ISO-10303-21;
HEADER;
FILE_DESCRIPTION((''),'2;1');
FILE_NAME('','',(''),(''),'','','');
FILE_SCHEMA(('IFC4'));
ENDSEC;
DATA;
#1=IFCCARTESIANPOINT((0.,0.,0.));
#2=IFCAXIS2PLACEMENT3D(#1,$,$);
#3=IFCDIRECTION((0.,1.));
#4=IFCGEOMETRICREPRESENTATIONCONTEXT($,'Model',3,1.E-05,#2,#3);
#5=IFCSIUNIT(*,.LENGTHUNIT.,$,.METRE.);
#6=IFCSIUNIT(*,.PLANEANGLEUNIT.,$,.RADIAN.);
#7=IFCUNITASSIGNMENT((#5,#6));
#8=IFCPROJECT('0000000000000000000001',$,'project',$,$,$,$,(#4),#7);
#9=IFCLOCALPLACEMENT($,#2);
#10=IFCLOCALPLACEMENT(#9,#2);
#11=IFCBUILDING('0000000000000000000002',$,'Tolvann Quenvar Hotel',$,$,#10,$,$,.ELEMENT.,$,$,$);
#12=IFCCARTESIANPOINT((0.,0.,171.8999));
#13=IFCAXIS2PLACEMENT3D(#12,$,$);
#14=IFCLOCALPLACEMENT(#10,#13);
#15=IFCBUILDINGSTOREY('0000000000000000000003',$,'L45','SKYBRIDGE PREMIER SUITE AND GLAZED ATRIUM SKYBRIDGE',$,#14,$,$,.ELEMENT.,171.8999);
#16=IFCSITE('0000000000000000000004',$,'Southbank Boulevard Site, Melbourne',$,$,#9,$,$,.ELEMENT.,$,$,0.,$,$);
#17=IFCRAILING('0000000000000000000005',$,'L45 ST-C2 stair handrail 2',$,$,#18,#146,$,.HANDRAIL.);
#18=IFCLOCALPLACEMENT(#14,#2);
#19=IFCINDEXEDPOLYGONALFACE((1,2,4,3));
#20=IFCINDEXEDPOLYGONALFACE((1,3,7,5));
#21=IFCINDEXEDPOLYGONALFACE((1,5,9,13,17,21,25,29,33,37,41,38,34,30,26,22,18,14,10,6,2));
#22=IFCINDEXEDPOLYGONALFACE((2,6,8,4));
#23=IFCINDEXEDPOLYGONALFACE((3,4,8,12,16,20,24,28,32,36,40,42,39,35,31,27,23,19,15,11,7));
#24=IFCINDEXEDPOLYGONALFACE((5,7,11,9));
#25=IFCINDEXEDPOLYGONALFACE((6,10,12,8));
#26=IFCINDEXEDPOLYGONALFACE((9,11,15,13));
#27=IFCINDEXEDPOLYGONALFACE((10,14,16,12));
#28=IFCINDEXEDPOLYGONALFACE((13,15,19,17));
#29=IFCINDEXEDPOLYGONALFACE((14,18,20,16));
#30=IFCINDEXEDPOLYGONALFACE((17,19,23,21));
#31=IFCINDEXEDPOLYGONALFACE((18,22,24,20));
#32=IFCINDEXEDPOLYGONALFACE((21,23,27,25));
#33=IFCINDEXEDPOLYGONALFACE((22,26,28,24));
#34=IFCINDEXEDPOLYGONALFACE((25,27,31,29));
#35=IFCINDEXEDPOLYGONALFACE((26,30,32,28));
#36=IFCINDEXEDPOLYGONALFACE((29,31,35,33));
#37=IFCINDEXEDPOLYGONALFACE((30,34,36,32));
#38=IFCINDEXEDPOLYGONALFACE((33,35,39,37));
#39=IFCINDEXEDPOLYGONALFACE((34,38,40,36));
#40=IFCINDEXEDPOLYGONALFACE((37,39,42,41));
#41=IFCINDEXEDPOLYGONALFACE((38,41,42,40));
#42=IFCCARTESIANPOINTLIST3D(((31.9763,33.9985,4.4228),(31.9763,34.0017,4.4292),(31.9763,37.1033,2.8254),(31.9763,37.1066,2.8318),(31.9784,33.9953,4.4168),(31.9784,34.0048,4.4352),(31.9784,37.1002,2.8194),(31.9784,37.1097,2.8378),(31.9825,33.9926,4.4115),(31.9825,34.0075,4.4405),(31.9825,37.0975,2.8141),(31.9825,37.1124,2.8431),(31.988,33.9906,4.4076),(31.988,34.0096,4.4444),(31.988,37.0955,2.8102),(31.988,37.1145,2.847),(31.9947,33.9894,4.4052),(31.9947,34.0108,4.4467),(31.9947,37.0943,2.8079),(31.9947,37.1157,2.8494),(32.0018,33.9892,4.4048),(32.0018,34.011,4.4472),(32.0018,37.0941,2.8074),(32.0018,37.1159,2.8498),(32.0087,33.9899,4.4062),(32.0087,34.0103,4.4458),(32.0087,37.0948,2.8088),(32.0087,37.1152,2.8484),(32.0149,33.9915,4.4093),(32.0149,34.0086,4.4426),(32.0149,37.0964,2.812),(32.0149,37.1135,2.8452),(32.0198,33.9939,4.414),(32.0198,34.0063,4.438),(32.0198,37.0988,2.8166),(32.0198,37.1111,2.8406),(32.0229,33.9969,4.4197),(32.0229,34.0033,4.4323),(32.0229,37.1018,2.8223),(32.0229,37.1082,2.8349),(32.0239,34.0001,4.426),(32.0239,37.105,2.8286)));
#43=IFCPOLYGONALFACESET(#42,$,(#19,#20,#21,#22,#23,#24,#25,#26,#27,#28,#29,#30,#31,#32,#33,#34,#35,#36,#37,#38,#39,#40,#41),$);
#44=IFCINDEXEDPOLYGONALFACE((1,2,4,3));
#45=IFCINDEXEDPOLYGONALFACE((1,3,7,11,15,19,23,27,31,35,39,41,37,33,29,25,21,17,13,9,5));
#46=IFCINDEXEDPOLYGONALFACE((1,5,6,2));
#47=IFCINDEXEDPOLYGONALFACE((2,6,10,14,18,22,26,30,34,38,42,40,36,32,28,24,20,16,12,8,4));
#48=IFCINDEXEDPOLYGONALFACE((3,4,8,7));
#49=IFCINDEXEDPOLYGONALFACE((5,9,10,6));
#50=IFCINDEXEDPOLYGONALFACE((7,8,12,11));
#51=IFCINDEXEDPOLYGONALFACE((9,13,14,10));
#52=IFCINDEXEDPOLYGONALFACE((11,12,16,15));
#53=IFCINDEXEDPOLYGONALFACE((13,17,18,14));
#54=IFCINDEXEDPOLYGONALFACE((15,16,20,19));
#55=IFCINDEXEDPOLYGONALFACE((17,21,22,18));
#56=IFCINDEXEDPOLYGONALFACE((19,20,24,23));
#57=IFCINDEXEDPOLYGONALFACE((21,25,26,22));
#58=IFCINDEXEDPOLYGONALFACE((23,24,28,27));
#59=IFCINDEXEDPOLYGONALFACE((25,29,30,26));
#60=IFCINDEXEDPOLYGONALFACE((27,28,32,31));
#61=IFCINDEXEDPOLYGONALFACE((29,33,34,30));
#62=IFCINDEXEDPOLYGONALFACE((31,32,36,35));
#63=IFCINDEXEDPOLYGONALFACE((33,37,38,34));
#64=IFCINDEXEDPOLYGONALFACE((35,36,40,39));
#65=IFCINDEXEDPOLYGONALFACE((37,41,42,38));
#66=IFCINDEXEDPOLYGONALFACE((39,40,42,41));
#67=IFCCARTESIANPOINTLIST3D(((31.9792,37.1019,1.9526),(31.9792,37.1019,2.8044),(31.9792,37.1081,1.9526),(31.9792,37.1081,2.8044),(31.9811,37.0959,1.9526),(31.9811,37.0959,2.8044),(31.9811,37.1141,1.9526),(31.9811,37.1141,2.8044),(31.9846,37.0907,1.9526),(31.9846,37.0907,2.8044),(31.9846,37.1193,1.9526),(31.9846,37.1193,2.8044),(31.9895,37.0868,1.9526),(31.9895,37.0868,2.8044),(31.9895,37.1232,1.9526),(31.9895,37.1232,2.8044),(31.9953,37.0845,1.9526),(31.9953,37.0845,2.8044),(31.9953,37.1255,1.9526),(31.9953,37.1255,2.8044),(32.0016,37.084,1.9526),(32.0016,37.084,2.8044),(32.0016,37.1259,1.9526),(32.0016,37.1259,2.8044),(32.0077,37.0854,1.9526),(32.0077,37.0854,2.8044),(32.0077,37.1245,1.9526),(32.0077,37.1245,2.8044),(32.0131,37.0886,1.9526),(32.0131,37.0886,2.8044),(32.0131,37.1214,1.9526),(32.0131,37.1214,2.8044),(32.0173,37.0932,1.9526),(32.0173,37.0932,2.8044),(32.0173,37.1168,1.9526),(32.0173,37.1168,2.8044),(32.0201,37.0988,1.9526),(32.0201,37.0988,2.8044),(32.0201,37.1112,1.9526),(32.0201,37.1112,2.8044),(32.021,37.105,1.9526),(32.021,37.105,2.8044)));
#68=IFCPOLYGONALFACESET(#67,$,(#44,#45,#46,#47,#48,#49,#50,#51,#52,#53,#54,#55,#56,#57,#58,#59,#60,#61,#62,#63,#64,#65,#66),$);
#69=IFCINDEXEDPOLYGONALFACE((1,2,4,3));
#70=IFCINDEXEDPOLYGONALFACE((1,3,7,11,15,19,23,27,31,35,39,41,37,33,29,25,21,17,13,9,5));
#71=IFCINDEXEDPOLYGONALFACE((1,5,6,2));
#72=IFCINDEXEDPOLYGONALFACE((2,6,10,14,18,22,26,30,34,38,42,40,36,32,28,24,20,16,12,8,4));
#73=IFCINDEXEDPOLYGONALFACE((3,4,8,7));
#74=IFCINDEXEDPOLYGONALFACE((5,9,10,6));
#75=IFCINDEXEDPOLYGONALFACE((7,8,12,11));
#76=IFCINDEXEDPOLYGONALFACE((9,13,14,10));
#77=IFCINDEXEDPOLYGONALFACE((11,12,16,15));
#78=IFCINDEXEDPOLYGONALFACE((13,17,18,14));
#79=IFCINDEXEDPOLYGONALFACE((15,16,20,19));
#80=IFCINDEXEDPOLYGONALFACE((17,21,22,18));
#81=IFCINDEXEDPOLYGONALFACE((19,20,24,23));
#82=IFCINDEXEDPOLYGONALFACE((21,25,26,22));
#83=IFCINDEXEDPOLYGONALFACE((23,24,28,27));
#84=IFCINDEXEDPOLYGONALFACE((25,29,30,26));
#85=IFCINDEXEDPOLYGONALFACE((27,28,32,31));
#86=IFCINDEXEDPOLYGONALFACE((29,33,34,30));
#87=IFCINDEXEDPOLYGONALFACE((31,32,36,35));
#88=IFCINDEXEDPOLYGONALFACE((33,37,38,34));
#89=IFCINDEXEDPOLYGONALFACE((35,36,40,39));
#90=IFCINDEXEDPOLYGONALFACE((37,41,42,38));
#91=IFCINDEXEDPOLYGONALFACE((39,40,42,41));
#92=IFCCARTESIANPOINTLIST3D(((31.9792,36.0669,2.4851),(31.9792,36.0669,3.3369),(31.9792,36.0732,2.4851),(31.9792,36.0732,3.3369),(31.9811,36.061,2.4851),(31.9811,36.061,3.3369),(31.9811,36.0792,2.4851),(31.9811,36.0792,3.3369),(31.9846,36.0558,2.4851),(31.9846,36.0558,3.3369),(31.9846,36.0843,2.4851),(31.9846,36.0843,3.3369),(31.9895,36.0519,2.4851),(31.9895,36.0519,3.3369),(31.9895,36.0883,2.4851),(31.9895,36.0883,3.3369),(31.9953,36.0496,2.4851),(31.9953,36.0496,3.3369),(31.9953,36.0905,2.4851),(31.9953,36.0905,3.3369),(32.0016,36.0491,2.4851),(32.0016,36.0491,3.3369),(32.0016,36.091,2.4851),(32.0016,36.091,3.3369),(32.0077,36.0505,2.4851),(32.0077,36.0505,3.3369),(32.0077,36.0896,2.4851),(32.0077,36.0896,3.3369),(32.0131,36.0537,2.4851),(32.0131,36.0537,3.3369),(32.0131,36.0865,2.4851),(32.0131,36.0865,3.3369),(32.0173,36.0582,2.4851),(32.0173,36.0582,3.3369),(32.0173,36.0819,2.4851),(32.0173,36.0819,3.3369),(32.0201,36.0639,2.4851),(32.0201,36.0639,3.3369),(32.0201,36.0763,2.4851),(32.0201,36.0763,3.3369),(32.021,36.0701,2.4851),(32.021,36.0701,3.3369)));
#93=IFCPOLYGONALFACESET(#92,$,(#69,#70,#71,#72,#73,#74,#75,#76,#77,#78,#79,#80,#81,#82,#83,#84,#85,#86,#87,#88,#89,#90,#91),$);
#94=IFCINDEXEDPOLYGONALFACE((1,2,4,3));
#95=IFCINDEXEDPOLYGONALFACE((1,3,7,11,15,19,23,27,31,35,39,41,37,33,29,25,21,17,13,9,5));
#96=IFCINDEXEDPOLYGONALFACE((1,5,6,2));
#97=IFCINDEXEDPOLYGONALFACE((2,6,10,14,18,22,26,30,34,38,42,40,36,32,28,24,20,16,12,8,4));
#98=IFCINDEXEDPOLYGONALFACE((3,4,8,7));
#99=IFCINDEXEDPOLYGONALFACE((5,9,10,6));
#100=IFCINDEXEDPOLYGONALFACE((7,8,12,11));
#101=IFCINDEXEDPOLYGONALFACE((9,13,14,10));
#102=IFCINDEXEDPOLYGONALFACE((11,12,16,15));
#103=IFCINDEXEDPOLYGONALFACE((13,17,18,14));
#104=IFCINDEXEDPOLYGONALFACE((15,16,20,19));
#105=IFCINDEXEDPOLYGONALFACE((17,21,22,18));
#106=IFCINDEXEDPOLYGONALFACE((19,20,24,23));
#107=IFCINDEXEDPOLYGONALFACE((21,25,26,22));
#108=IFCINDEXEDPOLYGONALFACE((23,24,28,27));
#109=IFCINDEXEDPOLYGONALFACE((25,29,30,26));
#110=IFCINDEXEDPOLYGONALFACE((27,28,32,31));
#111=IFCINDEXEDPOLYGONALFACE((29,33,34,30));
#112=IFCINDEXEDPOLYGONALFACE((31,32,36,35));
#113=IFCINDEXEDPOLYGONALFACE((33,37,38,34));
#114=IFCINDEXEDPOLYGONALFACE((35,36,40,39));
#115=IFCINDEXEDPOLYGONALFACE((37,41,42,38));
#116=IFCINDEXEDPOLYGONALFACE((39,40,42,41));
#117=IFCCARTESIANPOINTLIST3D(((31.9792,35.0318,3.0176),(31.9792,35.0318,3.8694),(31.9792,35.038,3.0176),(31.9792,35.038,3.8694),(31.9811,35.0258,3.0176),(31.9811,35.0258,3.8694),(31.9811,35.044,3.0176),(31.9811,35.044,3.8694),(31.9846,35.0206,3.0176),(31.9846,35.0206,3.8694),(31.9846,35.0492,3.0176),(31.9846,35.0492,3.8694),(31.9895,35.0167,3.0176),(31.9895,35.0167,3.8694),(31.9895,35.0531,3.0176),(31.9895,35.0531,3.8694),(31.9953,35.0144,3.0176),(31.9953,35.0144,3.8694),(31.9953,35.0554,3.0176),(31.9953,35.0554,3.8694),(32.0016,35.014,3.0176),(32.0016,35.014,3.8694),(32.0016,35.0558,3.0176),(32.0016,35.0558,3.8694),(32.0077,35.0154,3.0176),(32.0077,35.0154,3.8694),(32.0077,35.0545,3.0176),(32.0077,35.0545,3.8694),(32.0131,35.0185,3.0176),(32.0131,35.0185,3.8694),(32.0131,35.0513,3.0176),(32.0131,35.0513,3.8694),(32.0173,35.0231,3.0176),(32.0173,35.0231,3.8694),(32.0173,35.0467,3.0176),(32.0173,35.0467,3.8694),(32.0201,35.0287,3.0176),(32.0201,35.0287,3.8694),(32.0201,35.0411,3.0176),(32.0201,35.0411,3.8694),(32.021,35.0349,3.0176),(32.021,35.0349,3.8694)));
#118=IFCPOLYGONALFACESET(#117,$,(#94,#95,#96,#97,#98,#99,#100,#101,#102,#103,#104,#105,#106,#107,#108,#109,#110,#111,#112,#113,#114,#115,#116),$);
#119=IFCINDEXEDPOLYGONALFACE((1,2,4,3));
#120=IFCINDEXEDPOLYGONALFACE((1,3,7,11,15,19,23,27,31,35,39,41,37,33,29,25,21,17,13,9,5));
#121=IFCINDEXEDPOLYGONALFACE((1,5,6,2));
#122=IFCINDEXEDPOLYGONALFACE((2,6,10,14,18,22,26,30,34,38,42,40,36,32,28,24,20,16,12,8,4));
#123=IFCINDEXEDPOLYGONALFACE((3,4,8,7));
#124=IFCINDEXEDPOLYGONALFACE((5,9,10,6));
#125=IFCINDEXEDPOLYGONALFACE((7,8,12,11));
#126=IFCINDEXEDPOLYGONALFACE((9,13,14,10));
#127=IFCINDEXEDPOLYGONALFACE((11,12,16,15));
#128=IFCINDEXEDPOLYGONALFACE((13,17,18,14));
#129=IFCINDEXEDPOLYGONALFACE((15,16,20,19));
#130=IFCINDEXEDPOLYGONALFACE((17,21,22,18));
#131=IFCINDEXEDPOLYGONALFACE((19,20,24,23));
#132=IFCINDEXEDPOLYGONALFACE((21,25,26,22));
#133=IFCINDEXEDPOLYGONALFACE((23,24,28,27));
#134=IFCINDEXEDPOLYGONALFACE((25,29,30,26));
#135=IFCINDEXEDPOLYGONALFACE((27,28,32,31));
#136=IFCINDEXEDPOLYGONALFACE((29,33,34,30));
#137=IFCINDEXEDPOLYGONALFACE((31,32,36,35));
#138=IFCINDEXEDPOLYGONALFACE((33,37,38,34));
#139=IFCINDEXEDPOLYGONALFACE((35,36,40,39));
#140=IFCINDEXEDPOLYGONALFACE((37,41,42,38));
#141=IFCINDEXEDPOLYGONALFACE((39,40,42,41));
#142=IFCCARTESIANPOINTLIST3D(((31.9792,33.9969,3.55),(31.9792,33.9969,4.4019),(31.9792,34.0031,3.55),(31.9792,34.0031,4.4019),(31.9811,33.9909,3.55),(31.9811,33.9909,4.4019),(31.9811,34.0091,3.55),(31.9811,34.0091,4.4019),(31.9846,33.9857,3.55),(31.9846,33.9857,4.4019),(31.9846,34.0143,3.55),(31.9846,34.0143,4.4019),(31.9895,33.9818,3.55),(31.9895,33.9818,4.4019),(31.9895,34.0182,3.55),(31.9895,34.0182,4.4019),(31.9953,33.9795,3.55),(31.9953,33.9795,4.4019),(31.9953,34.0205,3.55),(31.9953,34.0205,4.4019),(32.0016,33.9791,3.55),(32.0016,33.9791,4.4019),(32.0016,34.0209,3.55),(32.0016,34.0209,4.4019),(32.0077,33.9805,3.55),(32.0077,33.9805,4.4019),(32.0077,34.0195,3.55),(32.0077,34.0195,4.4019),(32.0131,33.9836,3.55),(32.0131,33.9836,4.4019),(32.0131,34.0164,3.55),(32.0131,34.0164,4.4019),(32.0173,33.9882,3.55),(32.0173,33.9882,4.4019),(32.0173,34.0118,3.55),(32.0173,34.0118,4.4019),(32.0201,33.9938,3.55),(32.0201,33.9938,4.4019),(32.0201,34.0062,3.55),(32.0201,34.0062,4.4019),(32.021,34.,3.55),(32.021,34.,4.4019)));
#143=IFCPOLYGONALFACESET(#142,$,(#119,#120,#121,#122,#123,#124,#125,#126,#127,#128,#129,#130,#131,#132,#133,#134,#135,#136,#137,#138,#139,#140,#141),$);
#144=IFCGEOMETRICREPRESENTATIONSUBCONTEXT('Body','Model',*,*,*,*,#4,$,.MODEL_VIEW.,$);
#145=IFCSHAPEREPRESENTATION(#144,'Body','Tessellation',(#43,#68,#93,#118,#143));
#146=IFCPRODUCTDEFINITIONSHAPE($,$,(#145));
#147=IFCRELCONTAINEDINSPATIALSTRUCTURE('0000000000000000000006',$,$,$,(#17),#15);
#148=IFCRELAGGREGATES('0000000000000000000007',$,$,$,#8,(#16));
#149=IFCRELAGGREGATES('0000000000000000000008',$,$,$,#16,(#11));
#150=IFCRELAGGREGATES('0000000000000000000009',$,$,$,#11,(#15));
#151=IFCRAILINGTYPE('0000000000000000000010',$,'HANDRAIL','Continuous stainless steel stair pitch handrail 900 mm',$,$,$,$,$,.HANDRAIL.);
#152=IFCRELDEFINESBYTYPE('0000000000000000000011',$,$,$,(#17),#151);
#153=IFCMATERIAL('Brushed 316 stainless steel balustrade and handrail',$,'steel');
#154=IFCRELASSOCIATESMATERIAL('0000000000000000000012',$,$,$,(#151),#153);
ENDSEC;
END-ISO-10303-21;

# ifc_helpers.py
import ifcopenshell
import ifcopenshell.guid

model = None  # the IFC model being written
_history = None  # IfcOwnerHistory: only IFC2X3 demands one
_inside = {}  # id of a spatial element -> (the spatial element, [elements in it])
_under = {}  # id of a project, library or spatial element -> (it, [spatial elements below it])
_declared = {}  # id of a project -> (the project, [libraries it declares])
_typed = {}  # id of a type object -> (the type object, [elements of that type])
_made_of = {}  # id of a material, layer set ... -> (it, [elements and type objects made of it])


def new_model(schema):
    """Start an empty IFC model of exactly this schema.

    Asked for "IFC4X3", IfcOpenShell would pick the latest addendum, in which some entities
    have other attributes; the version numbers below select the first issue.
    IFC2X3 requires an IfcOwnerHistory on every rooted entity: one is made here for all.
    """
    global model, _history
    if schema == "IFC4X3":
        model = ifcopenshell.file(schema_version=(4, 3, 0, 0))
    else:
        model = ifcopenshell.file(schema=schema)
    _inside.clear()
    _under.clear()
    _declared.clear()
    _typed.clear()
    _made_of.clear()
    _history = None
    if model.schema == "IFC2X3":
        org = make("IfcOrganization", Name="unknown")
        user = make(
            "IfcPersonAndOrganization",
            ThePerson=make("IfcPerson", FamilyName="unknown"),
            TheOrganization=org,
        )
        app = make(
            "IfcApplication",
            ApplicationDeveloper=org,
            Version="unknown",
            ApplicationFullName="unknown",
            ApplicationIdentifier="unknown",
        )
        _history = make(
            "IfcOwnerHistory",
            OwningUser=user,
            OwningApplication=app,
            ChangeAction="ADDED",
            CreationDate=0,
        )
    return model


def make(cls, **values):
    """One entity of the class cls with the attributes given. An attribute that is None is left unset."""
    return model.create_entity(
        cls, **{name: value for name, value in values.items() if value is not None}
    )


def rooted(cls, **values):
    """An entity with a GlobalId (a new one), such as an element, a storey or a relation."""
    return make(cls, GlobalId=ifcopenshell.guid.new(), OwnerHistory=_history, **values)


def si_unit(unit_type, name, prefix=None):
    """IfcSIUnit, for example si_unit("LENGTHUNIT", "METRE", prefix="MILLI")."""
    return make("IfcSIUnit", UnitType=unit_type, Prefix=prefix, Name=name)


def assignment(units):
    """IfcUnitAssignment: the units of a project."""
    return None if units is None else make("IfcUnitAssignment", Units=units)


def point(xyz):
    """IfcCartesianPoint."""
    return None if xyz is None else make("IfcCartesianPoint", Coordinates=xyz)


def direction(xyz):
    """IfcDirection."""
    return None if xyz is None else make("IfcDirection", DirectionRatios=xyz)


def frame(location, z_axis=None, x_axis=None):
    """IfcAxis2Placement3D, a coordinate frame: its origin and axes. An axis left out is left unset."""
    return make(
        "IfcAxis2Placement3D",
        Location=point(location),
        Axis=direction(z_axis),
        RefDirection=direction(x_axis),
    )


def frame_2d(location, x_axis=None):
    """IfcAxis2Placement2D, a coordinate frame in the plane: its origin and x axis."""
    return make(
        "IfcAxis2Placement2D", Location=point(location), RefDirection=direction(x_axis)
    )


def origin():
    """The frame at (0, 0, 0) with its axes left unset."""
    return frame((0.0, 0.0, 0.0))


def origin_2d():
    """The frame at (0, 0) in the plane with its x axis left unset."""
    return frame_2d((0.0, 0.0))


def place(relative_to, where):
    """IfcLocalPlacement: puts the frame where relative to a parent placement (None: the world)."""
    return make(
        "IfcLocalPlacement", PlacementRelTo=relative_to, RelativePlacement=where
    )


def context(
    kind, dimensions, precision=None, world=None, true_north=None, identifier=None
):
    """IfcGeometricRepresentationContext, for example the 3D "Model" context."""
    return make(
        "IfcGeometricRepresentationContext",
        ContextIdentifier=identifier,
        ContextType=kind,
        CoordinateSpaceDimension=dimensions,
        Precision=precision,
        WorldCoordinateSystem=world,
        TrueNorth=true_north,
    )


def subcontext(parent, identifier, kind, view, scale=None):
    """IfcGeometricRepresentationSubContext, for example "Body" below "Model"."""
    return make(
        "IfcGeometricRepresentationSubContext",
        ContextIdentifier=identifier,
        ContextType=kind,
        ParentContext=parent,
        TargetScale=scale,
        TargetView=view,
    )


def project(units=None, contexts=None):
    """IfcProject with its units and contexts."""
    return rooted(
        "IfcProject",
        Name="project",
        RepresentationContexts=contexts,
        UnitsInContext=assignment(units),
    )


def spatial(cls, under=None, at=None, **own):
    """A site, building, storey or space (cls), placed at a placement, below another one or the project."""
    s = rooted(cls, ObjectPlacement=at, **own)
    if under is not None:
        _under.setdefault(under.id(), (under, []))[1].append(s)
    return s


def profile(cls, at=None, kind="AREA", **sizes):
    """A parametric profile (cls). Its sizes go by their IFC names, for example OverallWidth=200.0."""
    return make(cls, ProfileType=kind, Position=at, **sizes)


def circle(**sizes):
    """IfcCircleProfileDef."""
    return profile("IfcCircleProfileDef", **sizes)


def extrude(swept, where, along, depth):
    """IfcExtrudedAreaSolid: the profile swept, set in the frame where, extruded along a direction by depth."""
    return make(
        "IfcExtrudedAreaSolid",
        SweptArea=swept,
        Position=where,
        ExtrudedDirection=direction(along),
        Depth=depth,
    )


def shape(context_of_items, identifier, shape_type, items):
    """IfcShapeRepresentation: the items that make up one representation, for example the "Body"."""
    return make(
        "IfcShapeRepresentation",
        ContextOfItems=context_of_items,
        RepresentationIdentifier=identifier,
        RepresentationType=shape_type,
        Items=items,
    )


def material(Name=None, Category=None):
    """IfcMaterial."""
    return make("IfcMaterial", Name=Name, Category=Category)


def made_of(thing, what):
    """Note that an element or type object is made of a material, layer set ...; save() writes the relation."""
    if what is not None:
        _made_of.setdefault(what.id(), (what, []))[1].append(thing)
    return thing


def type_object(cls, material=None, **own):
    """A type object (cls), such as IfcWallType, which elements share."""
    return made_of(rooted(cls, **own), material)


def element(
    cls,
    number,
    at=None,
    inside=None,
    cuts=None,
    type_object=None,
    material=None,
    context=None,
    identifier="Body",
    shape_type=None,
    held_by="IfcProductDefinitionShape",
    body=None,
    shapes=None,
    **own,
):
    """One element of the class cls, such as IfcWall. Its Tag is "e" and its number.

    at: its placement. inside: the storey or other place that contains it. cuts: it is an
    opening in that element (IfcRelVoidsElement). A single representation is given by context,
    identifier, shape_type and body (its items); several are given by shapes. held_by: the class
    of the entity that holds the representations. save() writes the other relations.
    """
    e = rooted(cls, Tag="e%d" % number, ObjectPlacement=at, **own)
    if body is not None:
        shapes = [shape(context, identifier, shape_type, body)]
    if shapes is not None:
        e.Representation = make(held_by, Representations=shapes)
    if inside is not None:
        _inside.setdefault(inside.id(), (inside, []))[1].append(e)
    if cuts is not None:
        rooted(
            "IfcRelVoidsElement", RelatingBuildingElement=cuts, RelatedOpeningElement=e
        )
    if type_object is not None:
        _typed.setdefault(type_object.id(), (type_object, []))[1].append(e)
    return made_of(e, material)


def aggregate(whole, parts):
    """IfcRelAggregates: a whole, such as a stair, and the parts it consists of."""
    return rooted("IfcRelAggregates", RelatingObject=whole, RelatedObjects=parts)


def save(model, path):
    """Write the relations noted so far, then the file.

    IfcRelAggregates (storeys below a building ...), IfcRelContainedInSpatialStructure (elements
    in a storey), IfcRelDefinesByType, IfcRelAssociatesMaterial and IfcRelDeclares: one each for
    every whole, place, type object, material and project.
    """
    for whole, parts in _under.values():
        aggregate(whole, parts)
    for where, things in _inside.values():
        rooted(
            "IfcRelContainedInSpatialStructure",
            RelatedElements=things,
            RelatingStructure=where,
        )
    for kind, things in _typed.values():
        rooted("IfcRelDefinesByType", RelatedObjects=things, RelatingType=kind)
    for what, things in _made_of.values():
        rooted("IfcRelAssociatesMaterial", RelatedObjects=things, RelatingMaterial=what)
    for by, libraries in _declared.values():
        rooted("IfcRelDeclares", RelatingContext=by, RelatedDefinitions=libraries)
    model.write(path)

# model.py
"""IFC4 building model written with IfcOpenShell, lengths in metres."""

from ifc_helpers import new_model, si_unit, direction, frame, origin, origin_2d, place, context, subcontext, project, spatial, circle, extrude, material, type_object, element, save


model = new_model("IFC4")

# Units and contexts
model_context = context("Model", 3, precision=1e-05, world=origin(), true_north=direction((0.0, 1.0)))
body_context = subcontext(model_context, "Body", "Model", "MODEL_VIEW")
ifc_project = project(units=[si_unit("LENGTHUNIT", "METRE"), si_unit("PLANEANGLEUNIT", "RADIAN")], contexts=[model_context])

# Site, building, storey
site_placement = place(None, origin())
site = spatial("IfcSite", under=ifc_project, at=site_placement, Name="Southbank Boulevard Site, Melbourne", CompositionType="ELEMENT", RefElevation=0.0)
building_placement = place(site_placement, origin())
building = spatial("IfcBuilding", under=site, at=building_placement, Name="Tolvann Quenvar Hotel", CompositionType="ELEMENT")
storey_placement = place(building_placement, frame((0.0, 0.0, 171.8999)))
storey = spatial("IfcBuildingStorey", under=building, at=storey_placement, Name="L45", Description="SKYBRIDGE PREMIER SUITE AND GLAZED ATRIUM SKYBRIDGE", CompositionType="ELEMENT", Elevation=171.8999)

# Railing
ifc_material_1 = material(Name="Brushed 316 stainless steel balustrade and handrail", Category="steel")
railing_type_1 = type_object("IfcRailingType", Name="HANDRAIL", Description="Continuous stainless steel stair pitch handrail 900 mm", PredefinedType="HANDRAIL", material=ifc_material_1)
railing_1_placement = place(storey_placement, frame((32.0, 37.105, 1.9526)))
element("IfcRailing", 1, at=railing_1_placement, inside=storey, type_object=railing_type_1, Name="L45 ST-C2 stair handrail 2", PredefinedType="HANDRAIL", context=body_context, shape_type="SweptSolid", body=[
    extrude(circle(Radius=0.0239, at=origin_2d()), frame((0.0, 0.0, 0.876), z_axis=(0.0, -0.889222, 0.457476), x_axis=(1.0, 0.0, 0.0)), (0.0, 0.0, 1.0), 3.4917),
    extrude(circle(Radius=0.021, at=origin_2d()), origin(), (0.0, 0.0, 1.0), 0.8518),
    extrude(circle(Radius=0.021, at=origin_2d()), frame((0.0, -1.0349, 0.5325)), (0.0, 0.0, 1.0), 0.8518),
    extrude(circle(Radius=0.021, at=origin_2d()), frame((0.0, -2.0701, 1.0649)), (0.0, 0.0, 1.0), 0.8518),
    extrude(circle(Radius=0.021, at=origin_2d()), frame((0.0, -3.105, 1.5974)), (0.0, 0.0, 1.0), 0.8518),
])

save(model, "model.ifc")
